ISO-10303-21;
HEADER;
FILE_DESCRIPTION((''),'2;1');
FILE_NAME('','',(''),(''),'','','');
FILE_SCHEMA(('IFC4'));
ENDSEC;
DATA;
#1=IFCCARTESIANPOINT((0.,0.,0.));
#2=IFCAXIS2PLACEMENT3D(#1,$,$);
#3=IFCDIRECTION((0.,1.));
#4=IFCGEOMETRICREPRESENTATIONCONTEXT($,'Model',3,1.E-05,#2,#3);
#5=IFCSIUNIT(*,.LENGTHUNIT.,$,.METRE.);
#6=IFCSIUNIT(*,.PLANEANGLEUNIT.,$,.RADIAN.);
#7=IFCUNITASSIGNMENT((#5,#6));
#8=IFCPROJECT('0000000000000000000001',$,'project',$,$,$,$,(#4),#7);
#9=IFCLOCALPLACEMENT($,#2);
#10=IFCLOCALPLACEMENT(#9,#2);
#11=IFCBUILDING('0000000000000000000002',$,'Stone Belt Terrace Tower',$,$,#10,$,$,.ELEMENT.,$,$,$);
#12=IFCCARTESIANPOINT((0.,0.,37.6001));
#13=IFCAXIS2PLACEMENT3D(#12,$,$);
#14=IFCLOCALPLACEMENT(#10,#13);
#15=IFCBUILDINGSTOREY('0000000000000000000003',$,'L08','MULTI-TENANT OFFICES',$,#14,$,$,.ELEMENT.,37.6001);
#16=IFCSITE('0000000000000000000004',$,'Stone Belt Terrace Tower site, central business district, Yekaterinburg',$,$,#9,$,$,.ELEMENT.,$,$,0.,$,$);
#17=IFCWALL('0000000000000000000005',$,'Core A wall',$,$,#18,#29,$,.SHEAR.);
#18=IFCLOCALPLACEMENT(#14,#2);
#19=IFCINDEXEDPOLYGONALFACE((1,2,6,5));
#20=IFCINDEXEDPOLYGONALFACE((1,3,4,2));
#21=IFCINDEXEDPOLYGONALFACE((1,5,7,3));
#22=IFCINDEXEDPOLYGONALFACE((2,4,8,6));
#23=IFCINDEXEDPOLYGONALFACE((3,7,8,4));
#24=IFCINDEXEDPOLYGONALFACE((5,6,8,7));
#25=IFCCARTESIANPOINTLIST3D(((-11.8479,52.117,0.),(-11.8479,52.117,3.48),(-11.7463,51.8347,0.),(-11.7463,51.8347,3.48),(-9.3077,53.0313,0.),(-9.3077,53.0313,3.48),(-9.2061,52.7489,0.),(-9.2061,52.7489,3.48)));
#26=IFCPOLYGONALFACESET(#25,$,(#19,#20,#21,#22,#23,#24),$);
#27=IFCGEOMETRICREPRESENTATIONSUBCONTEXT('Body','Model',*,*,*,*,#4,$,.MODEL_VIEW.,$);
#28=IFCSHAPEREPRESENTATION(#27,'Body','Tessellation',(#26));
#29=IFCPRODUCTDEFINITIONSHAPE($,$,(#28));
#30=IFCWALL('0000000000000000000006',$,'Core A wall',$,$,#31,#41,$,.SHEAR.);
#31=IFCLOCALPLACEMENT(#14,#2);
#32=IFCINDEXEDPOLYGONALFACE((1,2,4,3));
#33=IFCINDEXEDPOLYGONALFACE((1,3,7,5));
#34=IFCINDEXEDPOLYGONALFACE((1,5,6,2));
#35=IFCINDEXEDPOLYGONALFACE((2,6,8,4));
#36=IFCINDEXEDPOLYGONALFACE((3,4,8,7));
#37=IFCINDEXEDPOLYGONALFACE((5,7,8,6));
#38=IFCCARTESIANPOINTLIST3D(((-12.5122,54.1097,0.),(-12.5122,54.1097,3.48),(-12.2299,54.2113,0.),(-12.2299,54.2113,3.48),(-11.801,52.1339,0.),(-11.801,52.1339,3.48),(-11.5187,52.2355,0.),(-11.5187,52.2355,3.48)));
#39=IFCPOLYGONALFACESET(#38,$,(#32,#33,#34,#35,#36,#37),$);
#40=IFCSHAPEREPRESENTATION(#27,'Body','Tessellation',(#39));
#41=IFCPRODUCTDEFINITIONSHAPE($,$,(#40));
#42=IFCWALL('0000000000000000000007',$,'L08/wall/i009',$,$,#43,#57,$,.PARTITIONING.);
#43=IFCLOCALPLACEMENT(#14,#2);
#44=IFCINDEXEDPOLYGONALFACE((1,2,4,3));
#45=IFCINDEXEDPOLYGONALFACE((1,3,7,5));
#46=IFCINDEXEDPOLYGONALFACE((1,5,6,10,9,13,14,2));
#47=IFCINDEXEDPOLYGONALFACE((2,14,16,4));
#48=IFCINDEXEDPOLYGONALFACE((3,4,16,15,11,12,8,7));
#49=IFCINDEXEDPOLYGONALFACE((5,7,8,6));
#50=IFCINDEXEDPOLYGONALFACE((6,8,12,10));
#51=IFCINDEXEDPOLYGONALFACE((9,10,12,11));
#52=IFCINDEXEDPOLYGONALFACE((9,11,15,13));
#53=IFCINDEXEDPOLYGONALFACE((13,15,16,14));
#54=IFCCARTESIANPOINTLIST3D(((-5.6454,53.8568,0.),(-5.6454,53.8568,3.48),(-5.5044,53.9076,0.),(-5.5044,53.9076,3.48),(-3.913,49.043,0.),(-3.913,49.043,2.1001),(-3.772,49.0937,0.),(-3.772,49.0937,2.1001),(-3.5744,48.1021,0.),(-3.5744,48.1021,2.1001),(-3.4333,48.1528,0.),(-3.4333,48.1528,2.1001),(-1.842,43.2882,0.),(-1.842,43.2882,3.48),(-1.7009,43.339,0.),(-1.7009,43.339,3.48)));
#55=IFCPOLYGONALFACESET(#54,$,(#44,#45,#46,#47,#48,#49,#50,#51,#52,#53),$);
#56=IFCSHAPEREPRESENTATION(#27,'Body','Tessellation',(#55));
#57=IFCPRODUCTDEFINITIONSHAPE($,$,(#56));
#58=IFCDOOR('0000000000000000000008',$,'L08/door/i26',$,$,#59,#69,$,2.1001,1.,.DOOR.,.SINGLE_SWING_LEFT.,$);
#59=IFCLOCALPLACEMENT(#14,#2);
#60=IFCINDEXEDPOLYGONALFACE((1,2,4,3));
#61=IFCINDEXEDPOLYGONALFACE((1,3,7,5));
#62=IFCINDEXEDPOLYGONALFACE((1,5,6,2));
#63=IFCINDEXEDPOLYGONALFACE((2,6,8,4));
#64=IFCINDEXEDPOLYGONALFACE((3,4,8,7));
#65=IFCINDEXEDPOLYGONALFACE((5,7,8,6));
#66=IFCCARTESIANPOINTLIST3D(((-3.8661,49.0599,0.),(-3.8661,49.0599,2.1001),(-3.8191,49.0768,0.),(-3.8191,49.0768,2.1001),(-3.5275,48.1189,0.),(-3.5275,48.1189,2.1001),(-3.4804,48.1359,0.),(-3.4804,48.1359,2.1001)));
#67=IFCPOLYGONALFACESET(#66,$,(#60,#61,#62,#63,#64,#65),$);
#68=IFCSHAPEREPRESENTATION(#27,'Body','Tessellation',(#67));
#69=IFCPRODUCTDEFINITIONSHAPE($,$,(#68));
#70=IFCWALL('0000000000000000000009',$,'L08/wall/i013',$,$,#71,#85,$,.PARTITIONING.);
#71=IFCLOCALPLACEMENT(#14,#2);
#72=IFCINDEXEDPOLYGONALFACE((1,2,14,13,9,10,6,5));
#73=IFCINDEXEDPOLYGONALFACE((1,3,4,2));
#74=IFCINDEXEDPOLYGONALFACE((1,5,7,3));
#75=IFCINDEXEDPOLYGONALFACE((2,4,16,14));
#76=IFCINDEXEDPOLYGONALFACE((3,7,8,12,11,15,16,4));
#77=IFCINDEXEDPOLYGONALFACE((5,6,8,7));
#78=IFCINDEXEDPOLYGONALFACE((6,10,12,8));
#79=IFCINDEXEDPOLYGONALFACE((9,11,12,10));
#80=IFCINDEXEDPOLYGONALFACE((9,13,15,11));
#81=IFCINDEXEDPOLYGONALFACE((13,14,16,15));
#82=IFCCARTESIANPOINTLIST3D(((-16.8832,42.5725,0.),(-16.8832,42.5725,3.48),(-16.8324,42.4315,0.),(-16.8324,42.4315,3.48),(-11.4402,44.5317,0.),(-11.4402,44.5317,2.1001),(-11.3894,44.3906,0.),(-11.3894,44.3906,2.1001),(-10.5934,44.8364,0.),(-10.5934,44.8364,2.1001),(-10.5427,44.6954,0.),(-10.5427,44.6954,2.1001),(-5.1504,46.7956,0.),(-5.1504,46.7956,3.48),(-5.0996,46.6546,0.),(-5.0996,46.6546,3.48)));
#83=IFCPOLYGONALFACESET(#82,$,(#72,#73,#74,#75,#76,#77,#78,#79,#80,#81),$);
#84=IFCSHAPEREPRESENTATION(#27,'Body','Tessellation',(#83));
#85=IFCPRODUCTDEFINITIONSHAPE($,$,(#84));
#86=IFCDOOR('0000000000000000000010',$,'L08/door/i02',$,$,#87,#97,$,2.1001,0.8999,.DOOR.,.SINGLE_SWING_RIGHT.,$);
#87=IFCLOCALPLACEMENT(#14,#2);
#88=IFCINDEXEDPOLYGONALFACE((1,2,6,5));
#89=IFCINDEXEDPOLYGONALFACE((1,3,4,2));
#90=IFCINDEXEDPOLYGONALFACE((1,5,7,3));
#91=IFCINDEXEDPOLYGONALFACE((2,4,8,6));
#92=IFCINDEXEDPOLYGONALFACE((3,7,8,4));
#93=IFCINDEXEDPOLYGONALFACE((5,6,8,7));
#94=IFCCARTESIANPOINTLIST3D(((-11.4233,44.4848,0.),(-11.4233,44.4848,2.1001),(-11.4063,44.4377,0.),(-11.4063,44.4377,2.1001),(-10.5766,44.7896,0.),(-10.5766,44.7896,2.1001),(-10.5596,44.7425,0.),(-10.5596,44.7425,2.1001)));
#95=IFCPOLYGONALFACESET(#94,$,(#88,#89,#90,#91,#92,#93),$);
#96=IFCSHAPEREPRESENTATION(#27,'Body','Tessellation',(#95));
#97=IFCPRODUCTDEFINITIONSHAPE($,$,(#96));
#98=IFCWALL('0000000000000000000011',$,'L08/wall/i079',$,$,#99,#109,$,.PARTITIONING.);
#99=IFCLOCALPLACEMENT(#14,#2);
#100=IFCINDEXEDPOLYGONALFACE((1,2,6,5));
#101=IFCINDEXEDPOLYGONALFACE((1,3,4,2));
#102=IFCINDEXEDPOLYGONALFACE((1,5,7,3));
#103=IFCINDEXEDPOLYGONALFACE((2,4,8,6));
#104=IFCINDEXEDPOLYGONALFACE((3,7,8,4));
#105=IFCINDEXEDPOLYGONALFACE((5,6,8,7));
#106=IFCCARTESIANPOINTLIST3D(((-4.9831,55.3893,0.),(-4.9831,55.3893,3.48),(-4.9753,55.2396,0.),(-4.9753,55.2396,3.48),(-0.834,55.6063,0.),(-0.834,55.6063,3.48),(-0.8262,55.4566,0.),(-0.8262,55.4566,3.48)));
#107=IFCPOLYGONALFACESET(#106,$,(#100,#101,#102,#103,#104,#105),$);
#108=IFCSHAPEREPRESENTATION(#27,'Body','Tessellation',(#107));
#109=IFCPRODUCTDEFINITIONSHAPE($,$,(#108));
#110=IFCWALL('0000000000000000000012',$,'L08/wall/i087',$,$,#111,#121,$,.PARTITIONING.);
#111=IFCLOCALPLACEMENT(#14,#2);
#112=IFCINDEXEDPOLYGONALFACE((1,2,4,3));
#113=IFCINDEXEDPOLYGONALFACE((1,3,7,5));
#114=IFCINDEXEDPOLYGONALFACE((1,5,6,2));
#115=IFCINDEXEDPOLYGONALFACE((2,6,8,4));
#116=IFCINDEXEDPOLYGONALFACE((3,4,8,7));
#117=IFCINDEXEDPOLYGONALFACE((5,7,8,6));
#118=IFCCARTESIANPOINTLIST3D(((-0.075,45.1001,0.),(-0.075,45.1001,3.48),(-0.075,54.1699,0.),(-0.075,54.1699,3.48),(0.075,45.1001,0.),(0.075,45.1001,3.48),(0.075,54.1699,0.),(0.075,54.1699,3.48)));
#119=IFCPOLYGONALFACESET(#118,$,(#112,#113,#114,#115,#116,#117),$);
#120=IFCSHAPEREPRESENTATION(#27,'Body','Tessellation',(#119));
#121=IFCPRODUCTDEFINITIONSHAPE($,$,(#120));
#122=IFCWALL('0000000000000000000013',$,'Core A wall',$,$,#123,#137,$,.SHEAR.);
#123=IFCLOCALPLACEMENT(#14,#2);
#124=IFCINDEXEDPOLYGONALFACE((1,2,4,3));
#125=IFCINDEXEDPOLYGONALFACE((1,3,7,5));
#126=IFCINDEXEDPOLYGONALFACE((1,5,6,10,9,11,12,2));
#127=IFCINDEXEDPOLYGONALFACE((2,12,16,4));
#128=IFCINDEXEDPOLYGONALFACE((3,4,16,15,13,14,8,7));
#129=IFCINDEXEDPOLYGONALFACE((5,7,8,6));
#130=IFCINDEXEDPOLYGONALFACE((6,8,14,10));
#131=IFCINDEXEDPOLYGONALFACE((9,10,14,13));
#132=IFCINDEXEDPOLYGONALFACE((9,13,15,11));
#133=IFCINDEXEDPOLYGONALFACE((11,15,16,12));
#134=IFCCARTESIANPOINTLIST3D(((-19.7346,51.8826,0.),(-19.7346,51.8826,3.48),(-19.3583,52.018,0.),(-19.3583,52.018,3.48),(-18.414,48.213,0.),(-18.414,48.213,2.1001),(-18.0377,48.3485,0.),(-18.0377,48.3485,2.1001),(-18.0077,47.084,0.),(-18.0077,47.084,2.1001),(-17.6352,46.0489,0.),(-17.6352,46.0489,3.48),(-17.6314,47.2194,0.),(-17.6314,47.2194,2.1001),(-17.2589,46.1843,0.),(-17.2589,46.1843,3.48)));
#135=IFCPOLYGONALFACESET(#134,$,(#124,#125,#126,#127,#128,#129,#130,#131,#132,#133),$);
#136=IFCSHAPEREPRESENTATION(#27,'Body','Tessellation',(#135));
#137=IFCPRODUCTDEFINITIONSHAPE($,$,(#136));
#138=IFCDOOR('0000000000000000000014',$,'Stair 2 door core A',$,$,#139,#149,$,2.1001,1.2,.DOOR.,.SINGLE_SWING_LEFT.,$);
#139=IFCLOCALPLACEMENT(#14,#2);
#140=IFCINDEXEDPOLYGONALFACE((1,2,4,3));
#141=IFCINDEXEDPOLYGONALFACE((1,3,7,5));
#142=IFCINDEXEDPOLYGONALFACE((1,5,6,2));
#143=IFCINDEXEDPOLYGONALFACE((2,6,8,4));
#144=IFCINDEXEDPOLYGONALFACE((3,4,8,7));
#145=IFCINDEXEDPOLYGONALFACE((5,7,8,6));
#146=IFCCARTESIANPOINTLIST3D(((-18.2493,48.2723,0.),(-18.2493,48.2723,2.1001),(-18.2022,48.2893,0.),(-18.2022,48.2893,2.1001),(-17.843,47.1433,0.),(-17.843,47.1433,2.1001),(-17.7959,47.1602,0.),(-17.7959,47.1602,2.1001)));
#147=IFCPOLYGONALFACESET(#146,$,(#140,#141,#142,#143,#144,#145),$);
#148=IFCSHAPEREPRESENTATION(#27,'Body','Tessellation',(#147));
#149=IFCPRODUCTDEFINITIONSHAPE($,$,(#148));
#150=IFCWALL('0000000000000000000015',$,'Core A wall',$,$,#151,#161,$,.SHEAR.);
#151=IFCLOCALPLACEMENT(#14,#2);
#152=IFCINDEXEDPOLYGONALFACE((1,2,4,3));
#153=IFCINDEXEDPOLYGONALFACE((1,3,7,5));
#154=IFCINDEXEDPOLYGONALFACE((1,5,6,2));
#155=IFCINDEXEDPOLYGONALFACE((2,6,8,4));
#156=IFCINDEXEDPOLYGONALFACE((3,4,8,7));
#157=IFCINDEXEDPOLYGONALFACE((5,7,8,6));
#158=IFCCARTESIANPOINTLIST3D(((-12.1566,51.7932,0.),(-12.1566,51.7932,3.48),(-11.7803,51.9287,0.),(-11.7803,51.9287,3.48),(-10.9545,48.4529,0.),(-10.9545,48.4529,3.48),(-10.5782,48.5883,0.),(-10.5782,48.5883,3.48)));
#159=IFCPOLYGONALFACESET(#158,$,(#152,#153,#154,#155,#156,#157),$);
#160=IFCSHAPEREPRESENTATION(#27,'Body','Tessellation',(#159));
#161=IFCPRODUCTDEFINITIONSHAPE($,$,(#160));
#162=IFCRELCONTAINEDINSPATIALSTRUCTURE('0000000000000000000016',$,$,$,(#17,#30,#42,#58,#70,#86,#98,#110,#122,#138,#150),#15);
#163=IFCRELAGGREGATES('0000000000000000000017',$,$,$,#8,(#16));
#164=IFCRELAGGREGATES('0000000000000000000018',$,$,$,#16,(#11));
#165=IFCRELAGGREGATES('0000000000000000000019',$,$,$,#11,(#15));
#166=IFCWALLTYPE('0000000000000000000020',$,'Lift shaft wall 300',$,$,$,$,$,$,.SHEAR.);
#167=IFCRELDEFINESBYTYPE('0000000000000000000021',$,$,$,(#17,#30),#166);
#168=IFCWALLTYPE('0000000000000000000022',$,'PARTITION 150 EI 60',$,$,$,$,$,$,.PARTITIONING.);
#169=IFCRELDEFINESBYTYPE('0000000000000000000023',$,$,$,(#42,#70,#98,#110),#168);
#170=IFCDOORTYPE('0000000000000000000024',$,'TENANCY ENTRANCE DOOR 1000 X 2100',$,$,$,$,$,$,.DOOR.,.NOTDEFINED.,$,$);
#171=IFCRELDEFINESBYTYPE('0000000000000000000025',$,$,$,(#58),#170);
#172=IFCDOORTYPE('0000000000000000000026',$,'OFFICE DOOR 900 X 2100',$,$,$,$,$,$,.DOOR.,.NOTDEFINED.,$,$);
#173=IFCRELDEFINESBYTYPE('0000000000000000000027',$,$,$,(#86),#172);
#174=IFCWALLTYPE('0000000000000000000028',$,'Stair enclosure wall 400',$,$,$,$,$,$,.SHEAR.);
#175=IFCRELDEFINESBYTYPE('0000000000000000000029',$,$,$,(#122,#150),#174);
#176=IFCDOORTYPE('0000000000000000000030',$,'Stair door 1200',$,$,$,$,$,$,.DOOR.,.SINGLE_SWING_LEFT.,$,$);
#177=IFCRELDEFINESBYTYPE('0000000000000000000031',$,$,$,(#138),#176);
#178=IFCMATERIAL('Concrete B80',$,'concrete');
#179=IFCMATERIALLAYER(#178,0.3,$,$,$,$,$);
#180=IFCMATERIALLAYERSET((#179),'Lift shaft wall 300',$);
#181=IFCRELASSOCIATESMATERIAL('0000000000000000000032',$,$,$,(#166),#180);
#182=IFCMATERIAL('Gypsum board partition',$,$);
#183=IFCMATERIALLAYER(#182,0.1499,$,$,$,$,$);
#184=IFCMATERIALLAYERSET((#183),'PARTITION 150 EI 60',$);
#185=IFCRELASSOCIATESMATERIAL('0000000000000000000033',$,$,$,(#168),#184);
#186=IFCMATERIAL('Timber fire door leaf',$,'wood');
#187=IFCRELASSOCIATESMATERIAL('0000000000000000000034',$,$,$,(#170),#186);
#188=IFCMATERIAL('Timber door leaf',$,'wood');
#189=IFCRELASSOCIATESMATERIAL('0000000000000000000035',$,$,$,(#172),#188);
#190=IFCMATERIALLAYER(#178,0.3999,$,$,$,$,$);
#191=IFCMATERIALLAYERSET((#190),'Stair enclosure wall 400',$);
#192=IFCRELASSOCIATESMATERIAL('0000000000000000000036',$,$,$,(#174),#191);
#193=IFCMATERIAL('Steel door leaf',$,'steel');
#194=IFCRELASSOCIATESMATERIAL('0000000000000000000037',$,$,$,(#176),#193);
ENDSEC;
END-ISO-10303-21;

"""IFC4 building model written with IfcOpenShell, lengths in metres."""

from ifc_helpers import new_model, si_unit, direction, frame, frame_2d, origin, place, context, subcontext, project, spatial, rectangle, extrude, material, layer, layer_set, type_object, element, fill, save


model = new_model("IFC4")

# Units and contexts
model_context = context("Model", 3, precision=1e-05, world=origin(), true_north=direction((0.0, 1.0)))
body_context = subcontext(model_context, "Body", "Model", "MODEL_VIEW")
ifc_project = project(units=[si_unit("LENGTHUNIT", "METRE"), si_unit("PLANEANGLEUNIT", "RADIAN")], contexts=[model_context])

# Site, building, storey
site_placement = place(None, origin())
site = spatial("IfcSite", under=ifc_project, at=site_placement, Name="Stone Belt Terrace Tower site, central business district, Yekaterinburg", CompositionType="ELEMENT", RefElevation=0.0)
building_placement = place(site_placement, origin())
building = spatial("IfcBuilding", under=site, at=building_placement, Name="Stone Belt Terrace Tower", CompositionType="ELEMENT")
storey_placement = place(building_placement, frame((0.0, 0.0, 37.6001)))
storey = spatial("IfcBuildingStorey", under=building, at=storey_placement, Name="L08", Description="MULTI-TENANT OFFICES", CompositionType="ELEMENT", Elevation=37.6001)

# Shared definitions
ifc_material_1 = material(Name="Concrete B80", Category="concrete")

# Shared definitions
ifc_material_2 = material(Name="Timber door leaf", Category="wood")

# Walls
ifc_layer_1 = layer(ifc_material_1, 0.3)
ifc_layer_set_1 = layer_set([ifc_layer_1], Name="Lift shaft wall 300")
wall_type_1 = type_object("IfcWallType", Name="Lift shaft wall 300", PredefinedType="SHEAR", material=ifc_layer_set_1)
wall_1_placement = place(storey_placement, frame((-11.7971, 51.9758, 0.0), z_axis=(0.0, 0.0, 1.0), x_axis=(0.94091, 0.338655, 0.0)))
element("IfcWall", 1, at=wall_1_placement, inside=storey, type_object=wall_type_1, Name="Core A wall", PredefinedType="SHEAR", context=body_context, shape_type="SweptSolid", body=[
    extrude(rectangle(XDim=2.6997, YDim=0.3, at=frame_2d((1.3499, 0.0))), origin(), (0.0, 0.0, 1.0), 3.48),
])
wall_2_placement = place(storey_placement, frame((-11.6599, 52.1848, 0.0), z_axis=(0.0, 0.0, 1.0), x_axis=(-0.33867, 0.940905, 0.0)))
element("IfcWall", 2, at=wall_2_placement, inside=storey, type_object=wall_type_1, Name="Core A wall", PredefinedType="SHEAR", context=body_context, shape_type="SweptSolid", body=[
    extrude(rectangle(XDim=2.0999, YDim=0.3, at=frame_2d((1.0498, 0.0))), origin(), (0.0, 0.0, 1.0), 3.48),
])

# Walls, openings, doors
ifc_material_3 = material(Name="Gypsum board partition")
ifc_layer_2 = layer(ifc_material_3, 0.1499)
ifc_layer_set_2 = layer_set([ifc_layer_2], Name="PARTITION 150 EI 60")
wall_type_2 = type_object("IfcWallType", Name="PARTITION 150 EI 60", PredefinedType="PARTITIONING", material=ifc_layer_set_2)
wall_3_placement = place(storey_placement, frame((-5.575, 53.8823, 0.0), z_axis=(0.0, 0.0, 1.0), x_axis=(0.338622, -0.940922, 0.0)))
wall_3 = element("IfcWall", 3, at=wall_3_placement, inside=storey, type_object=wall_type_2, Name="L08/wall/i009", PredefinedType="PARTITIONING", context=body_context, shape_type="SweptSolid", body=[
    extrude(rectangle(XDim=11.2322, YDim=0.1499, at=frame_2d((5.6162, 0.0))), origin(), (0.0, 0.0, 1.0), 3.48),
])
opening_1_placement = place(wall_3_placement, frame((5.1162, 0.0, 0.0)))
opening_1 = element("IfcOpeningElement", 4, at=opening_1_placement, cuts=wall_3, PredefinedType="OPENING", context=body_context, shape_type="SweptSolid", body=[
    extrude(rectangle(XDim=1.0, YDim=2.1001, at=frame_2d((0.5, 1.05))), frame((0.0, 0.085, 0.0), z_axis=(0.0, -1.0, 0.0), x_axis=(1.0, 0.0, 0.0)), (0.0, 0.0, 1.0), 0.1699),
])
ifc_material_4 = material(Name="Timber fire door leaf", Category="wood")
door_type_1 = type_object("IfcDoorType", Name="TENANCY ENTRANCE DOOR 1000 X 2100", OperationType="NOTDEFINED", PredefinedType="DOOR", material=ifc_material_4)
door_1_placement = place(opening_1_placement, origin())
door_1 = element("IfcDoor", 5, at=door_1_placement, inside=storey, type_object=door_type_1, Name="L08/door/i26", OperationType="SINGLE_SWING_LEFT", OverallHeight=2.1001, OverallWidth=1.0, PredefinedType="DOOR", context=body_context, shape_type="SweptSolid", body=[
    extrude(rectangle(XDim=1.0, YDim=2.1001, at=frame_2d((0.5, 1.05))), frame((0.0, 0.0249, 0.0), z_axis=(0.0, -1.0, 0.0), x_axis=(1.0, 0.0, 0.0)), (0.0, 0.0, 1.0), 0.05),
])
fill(opening_1, door_1)
wall_4_placement = place(storey_placement, frame((-5.125, 46.7251, 0.0), z_axis=(0.0, 0.0, 1.0), x_axis=(-0.940905, -0.33867, 0.0)))
wall_4 = element("IfcWall", 6, at=wall_4_placement, inside=storey, type_object=wall_type_2, Name="L08/wall/i013", PredefinedType="PARTITIONING", context=body_context, shape_type="SweptSolid", body=[
    extrude(rectangle(XDim=12.4697, YDim=0.1499, at=frame_2d((6.2349, 0.0))), origin(), (0.0, 0.0, 1.0), 3.48),
])
opening_2_placement = place(wall_4_placement, frame((5.7849, 0.0, 0.0)))
opening_2 = element("IfcOpeningElement", 7, at=opening_2_placement, cuts=wall_4, PredefinedType="OPENING", context=body_context, shape_type="SweptSolid", body=[
    extrude(rectangle(XDim=0.8999, YDim=2.1001, at=frame_2d((0.45, 1.05))), frame((0.0, 0.085, 0.0), z_axis=(0.0, -1.0, 0.0), x_axis=(1.0, 0.0, 0.0)), (0.0, 0.0, 1.0), 0.1699),
])
door_type_2 = type_object("IfcDoorType", Name="OFFICE DOOR 900 X 2100", OperationType="NOTDEFINED", PredefinedType="DOOR", material=ifc_material_2)
door_2_placement = place(opening_2_placement, origin())
door_2 = element("IfcDoor", 8, at=door_2_placement, inside=storey, type_object=door_type_2, Name="L08/door/i02", OperationType="SINGLE_SWING_RIGHT", OverallHeight=2.1001, OverallWidth=0.8999, PredefinedType="DOOR", context=body_context, shape_type="SweptSolid", body=[
    extrude(rectangle(XDim=0.8999, YDim=2.1001, at=frame_2d((0.45, 1.05))), frame((0.0, 0.0249, 0.0), z_axis=(0.0, -1.0, 0.0), x_axis=(1.0, 0.0, 0.0)), (0.0, 0.0, 1.0), 0.05),
])
fill(opening_2, door_2)

# Walls
wall_5_placement = place(storey_placement, frame((-0.8301, 55.5315, 0.0), z_axis=(0.0, 0.0, 1.0), x_axis=(-0.998635, -0.052238, 0.0)))
element("IfcWall", 9, at=wall_5_placement, inside=storey, type_object=wall_type_2, Name="L08/wall/i079", PredefinedType="PARTITIONING", context=body_context, shape_type="SweptSolid", body=[
    extrude(rectangle(XDim=4.1548, YDim=0.1499, at=frame_2d((2.0774, 0.0))), origin(), (0.0, 0.0, 1.0), 3.48),
])
wall_6_placement = place(storey_placement, frame((0.0, 54.1699, 0.0), z_axis=(0.0, 0.0, 1.0), x_axis=(0.0, -1.0, 0.0)))
element("IfcWall", 10, at=wall_6_placement, inside=storey, type_object=wall_type_2, Name="L08/wall/i087", PredefinedType="PARTITIONING", context=body_context, shape_type="SweptSolid", body=[
    extrude(rectangle(XDim=9.0698, YDim=0.1499, at=frame_2d((4.5349, 0.0))), origin(), (0.0, 0.0, 1.0), 3.48),
])

# Wall, opening, door
ifc_layer_3 = layer(ifc_material_1, 0.3999)
ifc_layer_set_3 = layer_set([ifc_layer_3], Name="Stair enclosure wall 400")
wall_type_3 = type_object("IfcWallType", Name="Stair enclosure wall 400", PredefinedType="SHEAR", material=ifc_layer_set_3)
wall_7_placement = place(storey_placement, frame((-17.447, 46.1165, 0.0), z_axis=(0.0, 0.0, 1.0), x_axis=(-0.338608, 0.940928, 0.0)))
wall_7 = element("IfcWall", 11, at=wall_7_placement, inside=storey, type_object=wall_type_3, Name="Core A wall", PredefinedType="SHEAR", context=body_context, shape_type="SweptSolid", body=[
    extrude(rectangle(XDim=6.2, YDim=0.3999, at=frame_2d((3.1001, 0.0))), origin(), (0.0, 0.0, 1.0), 3.48),
])
opening_3_placement = place(wall_7_placement, frame((1.1001, 0.0, 0.0)))
opening_3 = element("IfcOpeningElement", 12, at=opening_3_placement, cuts=wall_7, PredefinedType="OPENING", context=body_context, shape_type="SweptSolid", body=[
    extrude(rectangle(XDim=1.2, YDim=2.1001, at=frame_2d((0.6001, 1.05))), frame((0.0, 0.21, 0.0), z_axis=(0.0, -1.0, 0.0), x_axis=(1.0, 0.0, 0.0)), (0.0, 0.0, 1.0), 0.4199),
])
ifc_material_5 = material(Name="Steel door leaf", Category="steel")
door_type_3 = type_object("IfcDoorType", Name="Stair door 1200", OperationType="SINGLE_SWING_LEFT", PredefinedType="DOOR", material=ifc_material_5)
door_3_placement = place(opening_3_placement, origin())
door_3 = element("IfcDoor", 13, at=door_3_placement, inside=storey, type_object=door_type_3, Name="Stair 2 door core A", OperationType="SINGLE_SWING_LEFT", OverallHeight=2.1001, OverallWidth=1.2, PredefinedType="DOOR", context=body_context, shape_type="SweptSolid", body=[
    extrude(rectangle(XDim=1.2, YDim=2.1001, at=frame_2d((0.6001, 1.05))), frame((0.0, 0.0249, 0.0), z_axis=(0.0, -1.0, 0.0), x_axis=(1.0, 0.0, 0.0)), (0.0, 0.0, 1.0), 0.05),
])
fill(opening_3, door_3)

# Wall
wall_8_placement = place(storey_placement, frame((-10.7664, 48.5208, 0.0), z_axis=(0.0, 0.0, 1.0), x_axis=(-0.338627, 0.940921, 0.0)))
element("IfcWall", 14, at=wall_8_placement, inside=storey, type_object=wall_type_3, Name="Core A wall", PredefinedType="SHEAR", context=body_context, shape_type="SweptSolid", body=[
    extrude(rectangle(XDim=3.55, YDim=0.3999, at=frame_2d((1.7749, 0.0))), origin(), (0.0, 0.0, 1.0), 3.48),
])

save(model, "model.ifc")
